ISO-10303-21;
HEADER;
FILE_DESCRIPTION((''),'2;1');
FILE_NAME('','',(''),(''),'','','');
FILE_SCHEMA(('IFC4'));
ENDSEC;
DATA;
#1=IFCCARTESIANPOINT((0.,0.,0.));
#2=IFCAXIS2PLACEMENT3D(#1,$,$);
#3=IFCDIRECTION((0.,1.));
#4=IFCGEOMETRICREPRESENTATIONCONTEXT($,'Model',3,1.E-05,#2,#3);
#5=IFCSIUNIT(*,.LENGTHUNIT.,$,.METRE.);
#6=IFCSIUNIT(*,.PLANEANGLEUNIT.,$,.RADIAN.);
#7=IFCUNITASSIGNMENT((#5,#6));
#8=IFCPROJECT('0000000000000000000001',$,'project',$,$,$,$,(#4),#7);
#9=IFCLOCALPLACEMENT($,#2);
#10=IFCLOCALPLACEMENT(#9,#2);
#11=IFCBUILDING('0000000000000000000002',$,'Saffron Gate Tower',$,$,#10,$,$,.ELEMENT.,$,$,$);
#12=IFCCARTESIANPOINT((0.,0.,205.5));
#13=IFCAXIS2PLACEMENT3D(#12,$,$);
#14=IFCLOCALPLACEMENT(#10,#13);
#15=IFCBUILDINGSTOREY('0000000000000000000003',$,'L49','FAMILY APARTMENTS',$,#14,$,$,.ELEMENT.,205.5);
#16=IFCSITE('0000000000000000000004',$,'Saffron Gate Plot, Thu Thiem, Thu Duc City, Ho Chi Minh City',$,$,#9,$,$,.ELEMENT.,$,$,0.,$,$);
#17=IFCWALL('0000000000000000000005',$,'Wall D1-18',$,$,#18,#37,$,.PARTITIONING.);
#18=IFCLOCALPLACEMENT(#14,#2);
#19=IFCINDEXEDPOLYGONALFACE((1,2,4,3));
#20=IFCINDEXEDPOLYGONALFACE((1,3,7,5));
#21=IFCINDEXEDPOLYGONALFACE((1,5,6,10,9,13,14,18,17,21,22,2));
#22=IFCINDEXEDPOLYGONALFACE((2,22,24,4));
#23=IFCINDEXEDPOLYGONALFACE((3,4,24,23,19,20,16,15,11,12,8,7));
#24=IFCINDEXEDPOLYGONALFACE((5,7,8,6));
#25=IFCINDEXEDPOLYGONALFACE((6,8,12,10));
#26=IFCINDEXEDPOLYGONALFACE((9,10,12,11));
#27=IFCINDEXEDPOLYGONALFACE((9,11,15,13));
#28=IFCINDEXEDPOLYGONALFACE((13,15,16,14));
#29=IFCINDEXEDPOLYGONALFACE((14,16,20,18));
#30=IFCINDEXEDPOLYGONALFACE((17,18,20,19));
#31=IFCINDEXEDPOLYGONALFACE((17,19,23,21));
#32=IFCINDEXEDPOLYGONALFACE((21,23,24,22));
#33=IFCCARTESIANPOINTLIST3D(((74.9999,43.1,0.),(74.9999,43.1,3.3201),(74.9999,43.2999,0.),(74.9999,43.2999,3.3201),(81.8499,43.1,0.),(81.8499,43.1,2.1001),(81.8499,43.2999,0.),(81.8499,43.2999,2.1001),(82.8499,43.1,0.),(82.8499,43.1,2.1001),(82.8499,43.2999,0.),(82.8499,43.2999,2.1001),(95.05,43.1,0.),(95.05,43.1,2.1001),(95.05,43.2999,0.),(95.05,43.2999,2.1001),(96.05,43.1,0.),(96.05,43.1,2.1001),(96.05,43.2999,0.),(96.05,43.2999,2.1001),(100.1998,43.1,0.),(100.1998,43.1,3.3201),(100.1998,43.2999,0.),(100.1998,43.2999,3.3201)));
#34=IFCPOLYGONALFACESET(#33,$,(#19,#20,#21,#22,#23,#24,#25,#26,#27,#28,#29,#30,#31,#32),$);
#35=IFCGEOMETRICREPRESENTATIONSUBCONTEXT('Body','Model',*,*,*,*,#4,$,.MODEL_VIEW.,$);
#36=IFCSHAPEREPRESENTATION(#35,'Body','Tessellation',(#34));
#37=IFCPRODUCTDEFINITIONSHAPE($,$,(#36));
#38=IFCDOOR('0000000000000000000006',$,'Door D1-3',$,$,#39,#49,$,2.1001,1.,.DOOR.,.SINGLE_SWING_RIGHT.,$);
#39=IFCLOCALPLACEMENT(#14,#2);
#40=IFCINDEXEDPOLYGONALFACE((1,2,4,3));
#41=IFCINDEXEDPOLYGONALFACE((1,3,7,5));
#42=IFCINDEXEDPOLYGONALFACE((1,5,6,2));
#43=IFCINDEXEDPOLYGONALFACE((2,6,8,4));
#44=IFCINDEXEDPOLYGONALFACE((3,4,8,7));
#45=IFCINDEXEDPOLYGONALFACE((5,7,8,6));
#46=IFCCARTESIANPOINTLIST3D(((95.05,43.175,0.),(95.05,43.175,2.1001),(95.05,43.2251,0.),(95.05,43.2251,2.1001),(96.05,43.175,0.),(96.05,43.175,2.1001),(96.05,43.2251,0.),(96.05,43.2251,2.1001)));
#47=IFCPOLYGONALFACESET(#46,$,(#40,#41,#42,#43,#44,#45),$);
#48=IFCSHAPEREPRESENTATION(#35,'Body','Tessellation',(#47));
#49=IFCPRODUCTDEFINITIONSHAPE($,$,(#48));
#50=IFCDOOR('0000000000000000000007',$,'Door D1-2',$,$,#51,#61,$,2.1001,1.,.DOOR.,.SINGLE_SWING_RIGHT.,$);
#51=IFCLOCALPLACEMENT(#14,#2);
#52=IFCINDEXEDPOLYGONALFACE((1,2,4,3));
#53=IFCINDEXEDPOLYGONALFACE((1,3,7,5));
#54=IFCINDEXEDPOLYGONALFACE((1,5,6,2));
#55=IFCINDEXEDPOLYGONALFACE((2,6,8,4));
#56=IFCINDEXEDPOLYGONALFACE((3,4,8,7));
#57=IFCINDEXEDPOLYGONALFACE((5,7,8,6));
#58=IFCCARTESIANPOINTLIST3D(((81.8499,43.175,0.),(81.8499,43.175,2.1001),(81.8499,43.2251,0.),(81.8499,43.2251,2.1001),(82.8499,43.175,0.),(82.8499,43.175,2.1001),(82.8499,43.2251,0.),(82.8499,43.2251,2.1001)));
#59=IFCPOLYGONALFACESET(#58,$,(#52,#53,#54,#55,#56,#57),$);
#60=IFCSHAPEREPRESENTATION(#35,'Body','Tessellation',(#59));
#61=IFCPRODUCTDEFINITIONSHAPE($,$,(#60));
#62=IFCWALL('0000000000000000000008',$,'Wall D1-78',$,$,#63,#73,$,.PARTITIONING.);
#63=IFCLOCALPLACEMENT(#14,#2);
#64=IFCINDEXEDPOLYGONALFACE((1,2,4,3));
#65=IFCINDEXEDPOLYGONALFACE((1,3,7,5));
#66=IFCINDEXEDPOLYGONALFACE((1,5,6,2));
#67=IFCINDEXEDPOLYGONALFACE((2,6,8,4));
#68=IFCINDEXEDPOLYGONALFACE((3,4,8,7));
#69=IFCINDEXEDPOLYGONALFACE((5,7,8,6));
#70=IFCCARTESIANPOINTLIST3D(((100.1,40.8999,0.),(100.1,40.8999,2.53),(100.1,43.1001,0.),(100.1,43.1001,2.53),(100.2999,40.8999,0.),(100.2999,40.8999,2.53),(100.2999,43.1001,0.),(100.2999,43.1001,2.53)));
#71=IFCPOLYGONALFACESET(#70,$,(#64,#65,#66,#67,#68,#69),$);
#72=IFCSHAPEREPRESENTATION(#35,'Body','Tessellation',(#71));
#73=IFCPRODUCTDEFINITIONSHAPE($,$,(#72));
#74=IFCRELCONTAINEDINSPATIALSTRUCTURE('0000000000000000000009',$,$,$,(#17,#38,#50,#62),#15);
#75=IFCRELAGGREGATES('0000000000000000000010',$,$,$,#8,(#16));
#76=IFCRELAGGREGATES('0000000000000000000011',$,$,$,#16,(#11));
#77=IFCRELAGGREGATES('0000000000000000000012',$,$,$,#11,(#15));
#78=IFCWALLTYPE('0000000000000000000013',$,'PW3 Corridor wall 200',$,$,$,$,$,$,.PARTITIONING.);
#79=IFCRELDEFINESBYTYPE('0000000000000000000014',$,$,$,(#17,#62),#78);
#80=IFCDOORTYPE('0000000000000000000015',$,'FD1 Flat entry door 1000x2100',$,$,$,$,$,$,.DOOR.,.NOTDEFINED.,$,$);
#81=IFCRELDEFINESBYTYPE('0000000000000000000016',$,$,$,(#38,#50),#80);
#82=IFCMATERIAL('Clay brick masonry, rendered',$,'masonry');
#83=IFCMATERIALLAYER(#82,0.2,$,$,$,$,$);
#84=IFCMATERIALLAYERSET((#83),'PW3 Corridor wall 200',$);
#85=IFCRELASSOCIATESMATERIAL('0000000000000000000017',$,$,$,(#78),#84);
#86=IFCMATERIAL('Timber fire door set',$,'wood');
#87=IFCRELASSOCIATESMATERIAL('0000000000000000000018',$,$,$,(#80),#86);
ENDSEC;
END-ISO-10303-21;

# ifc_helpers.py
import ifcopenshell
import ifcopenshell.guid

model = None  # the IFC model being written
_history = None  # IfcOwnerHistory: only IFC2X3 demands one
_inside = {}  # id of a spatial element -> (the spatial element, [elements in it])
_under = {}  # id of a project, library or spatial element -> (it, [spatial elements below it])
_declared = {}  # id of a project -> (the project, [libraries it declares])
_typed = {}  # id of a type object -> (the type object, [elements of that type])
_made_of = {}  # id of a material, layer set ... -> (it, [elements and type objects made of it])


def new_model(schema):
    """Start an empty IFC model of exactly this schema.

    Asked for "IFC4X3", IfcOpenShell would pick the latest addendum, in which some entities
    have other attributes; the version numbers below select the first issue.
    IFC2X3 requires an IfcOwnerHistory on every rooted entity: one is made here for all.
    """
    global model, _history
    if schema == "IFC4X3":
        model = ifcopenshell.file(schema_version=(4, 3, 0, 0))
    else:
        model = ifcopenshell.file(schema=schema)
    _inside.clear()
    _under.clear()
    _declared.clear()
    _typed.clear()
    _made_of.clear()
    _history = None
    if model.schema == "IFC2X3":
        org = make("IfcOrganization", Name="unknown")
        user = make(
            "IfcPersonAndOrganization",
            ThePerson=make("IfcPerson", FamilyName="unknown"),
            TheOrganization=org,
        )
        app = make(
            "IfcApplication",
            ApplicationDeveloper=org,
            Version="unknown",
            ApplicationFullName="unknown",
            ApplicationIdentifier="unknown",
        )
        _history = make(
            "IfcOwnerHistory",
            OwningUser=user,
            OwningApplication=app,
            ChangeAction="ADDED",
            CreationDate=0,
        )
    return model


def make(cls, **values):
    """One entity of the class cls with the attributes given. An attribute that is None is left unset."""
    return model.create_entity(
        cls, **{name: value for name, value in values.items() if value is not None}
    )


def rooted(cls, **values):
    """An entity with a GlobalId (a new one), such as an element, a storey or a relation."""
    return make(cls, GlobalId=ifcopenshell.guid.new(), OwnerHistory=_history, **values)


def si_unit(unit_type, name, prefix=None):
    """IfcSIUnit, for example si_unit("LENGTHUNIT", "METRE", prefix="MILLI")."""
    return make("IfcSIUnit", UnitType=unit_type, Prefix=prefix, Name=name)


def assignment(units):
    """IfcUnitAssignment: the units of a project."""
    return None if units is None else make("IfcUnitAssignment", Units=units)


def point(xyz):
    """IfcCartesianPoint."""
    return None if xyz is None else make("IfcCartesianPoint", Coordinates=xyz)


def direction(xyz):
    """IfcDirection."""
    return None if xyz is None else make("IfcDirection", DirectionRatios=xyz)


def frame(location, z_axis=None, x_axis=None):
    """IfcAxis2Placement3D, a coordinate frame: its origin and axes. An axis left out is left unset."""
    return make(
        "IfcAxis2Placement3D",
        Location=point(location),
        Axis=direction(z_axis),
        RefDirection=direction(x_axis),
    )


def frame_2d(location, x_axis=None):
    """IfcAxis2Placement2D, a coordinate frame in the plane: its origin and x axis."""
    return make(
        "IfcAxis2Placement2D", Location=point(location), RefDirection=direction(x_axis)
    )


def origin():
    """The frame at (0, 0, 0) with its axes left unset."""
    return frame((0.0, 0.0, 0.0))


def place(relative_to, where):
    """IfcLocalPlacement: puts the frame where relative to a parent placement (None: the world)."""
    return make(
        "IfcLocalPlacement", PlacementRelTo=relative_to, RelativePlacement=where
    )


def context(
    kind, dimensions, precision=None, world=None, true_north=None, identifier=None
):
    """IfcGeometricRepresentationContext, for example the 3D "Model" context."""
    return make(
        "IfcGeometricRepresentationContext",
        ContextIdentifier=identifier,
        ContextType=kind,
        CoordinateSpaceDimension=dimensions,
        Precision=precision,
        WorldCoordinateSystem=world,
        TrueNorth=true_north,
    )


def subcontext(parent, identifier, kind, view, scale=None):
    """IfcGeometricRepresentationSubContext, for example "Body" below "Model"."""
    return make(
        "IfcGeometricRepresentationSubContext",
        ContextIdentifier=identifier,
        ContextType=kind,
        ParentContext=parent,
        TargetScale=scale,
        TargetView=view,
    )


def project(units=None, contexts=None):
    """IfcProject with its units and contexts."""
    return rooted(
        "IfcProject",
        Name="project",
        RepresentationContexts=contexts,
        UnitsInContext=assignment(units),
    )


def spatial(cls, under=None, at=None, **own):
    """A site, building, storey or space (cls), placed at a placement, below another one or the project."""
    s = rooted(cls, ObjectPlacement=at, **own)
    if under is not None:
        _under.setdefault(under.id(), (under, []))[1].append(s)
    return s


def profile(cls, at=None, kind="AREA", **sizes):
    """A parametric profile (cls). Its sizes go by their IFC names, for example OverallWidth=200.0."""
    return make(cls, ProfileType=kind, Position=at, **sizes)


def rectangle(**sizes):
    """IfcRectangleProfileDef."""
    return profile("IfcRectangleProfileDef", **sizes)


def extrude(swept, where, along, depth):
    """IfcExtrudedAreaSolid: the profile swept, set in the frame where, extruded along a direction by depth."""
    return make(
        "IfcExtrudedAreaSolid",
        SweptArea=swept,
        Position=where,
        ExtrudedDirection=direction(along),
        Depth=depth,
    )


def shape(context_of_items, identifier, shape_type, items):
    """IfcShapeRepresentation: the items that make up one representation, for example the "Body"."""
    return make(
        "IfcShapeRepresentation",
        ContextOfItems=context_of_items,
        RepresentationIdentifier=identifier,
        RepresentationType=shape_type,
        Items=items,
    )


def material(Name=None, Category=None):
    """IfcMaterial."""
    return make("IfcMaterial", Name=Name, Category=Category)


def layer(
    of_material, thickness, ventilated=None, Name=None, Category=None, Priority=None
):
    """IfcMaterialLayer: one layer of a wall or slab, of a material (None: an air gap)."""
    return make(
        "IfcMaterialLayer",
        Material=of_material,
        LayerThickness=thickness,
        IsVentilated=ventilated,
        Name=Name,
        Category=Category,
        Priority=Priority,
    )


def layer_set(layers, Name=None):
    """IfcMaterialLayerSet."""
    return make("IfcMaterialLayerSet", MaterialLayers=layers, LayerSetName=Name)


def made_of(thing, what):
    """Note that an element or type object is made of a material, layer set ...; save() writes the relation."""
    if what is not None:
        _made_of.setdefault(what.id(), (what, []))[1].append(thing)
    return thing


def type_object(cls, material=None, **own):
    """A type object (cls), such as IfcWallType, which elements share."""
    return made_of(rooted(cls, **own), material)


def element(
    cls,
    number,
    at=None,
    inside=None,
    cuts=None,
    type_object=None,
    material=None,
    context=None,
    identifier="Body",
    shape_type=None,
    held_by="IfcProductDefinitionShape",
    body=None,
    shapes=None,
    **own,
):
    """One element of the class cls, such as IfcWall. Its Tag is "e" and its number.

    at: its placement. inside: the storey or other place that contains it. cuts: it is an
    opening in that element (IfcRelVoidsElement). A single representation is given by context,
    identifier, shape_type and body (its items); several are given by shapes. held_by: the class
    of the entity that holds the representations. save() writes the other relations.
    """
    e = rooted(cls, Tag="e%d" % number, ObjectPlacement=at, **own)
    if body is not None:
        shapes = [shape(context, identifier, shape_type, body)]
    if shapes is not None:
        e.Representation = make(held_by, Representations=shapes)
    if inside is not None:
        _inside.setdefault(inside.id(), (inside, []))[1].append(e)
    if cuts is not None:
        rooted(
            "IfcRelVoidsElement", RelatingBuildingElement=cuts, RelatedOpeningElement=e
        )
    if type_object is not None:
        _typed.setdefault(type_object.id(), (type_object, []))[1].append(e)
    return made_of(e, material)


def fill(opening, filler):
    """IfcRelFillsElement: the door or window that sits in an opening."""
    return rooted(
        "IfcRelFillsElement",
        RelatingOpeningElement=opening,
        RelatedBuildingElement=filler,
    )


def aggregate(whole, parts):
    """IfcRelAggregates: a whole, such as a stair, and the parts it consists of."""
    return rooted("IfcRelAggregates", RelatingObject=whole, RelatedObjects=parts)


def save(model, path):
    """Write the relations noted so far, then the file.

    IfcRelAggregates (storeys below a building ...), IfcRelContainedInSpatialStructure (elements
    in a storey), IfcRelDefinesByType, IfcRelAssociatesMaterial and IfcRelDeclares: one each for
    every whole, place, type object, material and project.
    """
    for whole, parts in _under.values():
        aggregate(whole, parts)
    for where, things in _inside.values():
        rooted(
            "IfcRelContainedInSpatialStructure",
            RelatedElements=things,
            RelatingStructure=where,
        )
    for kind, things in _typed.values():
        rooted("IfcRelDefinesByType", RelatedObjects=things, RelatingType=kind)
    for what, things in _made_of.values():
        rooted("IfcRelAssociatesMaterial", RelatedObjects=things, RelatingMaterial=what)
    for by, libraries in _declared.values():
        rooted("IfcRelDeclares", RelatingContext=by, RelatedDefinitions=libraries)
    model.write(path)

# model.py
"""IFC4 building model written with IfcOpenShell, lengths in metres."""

from ifc_helpers import new_model, si_unit, direction, frame, frame_2d, origin, place, context, subcontext, project, spatial, rectangle, extrude, material, layer, layer_set, type_object, element, fill, save


model = new_model("IFC4")

# Units and contexts
model_context = context("Model", 3, precision=1e-05, world=origin(), true_north=direction((0.0, 1.0)))
body_context = subcontext(model_context, "Body", "Model", "MODEL_VIEW")
ifc_project = project(units=[si_unit("LENGTHUNIT", "METRE"), si_unit("PLANEANGLEUNIT", "RADIAN")], contexts=[model_context])

# Site, building, storey
site_placement = place(None, origin())
site = spatial("IfcSite", under=ifc_project, at=site_placement, Name="Saffron Gate Plot, Thu Thiem, Thu Duc City, Ho Chi Minh City", CompositionType="ELEMENT", RefElevation=0.0)
building_placement = place(site_placement, origin())
building = spatial("IfcBuilding", under=site, at=building_placement, Name="Saffron Gate Tower", CompositionType="ELEMENT")
storey_placement = place(building_placement, frame((0.0, 0.0, 205.5)))
storey = spatial("IfcBuildingStorey", under=building, at=storey_placement, Name="L49", Description="FAMILY APARTMENTS", CompositionType="ELEMENT", Elevation=205.5)

# Shared definitions
ifc_material_1 = material(Name="Clay brick masonry, rendered", Category="masonry")

# Wall, openings, doors
ifc_layer_1 = layer(ifc_material_1, 0.2)
ifc_layer_set_1 = layer_set([ifc_layer_1], Name="PW3 Corridor wall 200")
wall_type_1 = type_object("IfcWallType", Name="PW3 Corridor wall 200", PredefinedType="PARTITIONING", material=ifc_layer_set_1)
wall_1_placement = place(storey_placement, frame((100.2, 43.2, 0.0), z_axis=(0.0, 0.0, 1.0), x_axis=(-1.0, 0.0, 0.0)))
wall_1 = element("IfcWall", 1, at=wall_1_placement, inside=storey, type_object=wall_type_1, Name="Wall D1-18", PredefinedType="PARTITIONING", context=body_context, shape_type="SweptSolid", body=[
    extrude(rectangle(XDim=25.2, YDim=0.2, at=frame_2d((12.6001, 0.0))), origin(), (0.0, 0.0, 1.0), 3.3201),
])
opening_1_placement = place(wall_1_placement, frame((4.1499, 0.0, 0.0)))
opening_1 = element("IfcOpeningElement", 2, at=opening_1_placement, cuts=wall_1, PredefinedType="OPENING", context=body_context, shape_type="SweptSolid", body=[
    extrude(rectangle(XDim=1.0, YDim=2.1001, at=frame_2d((0.5, 1.05))), frame((0.0, 0.1099, 0.0), z_axis=(0.0, -1.0, 0.0), x_axis=(1.0, 0.0, 0.0)), (0.0, 0.0, 1.0), 0.22),
])
opening_2_placement = place(wall_1_placement, frame((17.3501, 0.0, 0.0)))
opening_2 = element("IfcOpeningElement", 3, at=opening_2_placement, cuts=wall_1, PredefinedType="OPENING", context=body_context, shape_type="SweptSolid", body=[
    extrude(rectangle(XDim=1.0, YDim=2.1001, at=frame_2d((0.5, 1.05))), frame((0.0, 0.1099, 0.0), z_axis=(0.0, -1.0, 0.0), x_axis=(1.0, 0.0, 0.0)), (0.0, 0.0, 1.0), 0.22),
])
ifc_material_2 = material(Name="Timber fire door set", Category="wood")
door_type_1 = type_object("IfcDoorType", Name="FD1 Flat entry door 1000x2100", OperationType="NOTDEFINED", PredefinedType="DOOR", material=ifc_material_2)
door_1_placement = place(opening_1_placement, origin())
door_1 = element("IfcDoor", 4, at=door_1_placement, inside=storey, type_object=door_type_1, Name="Door D1-3", OperationType="SINGLE_SWING_RIGHT", OverallHeight=2.1001, OverallWidth=1.0, PredefinedType="DOOR", context=body_context, shape_type="SweptSolid", body=[
    extrude(rectangle(XDim=1.0, YDim=2.1001, at=frame_2d((0.5, 1.05))), frame((0.0, 0.0249, 0.0), z_axis=(0.0, -1.0, 0.0), x_axis=(1.0, 0.0, 0.0)), (0.0, 0.0, 1.0), 0.05),
])
fill(opening_1, door_1)
door_2_placement = place(opening_2_placement, origin())
door_2 = element("IfcDoor", 5, at=door_2_placement, inside=storey, type_object=door_type_1, Name="Door D1-2", OperationType="SINGLE_SWING_RIGHT", OverallHeight=2.1001, OverallWidth=1.0, PredefinedType="DOOR", context=body_context, shape_type="SweptSolid", body=[
    extrude(rectangle(XDim=1.0, YDim=2.1001, at=frame_2d((0.5, 1.05))), frame((0.0, 0.0249, 0.0), z_axis=(0.0, -1.0, 0.0), x_axis=(1.0, 0.0, 0.0)), (0.0, 0.0, 1.0), 0.05),
])
fill(opening_2, door_2)

# Wall
wall_2_placement = place(storey_placement, frame((100.2, 43.1001, 0.0), z_axis=(0.0, 0.0, 1.0), x_axis=(0.0, -1.0, 0.0)))
element("IfcWall", 6, at=wall_2_placement, inside=storey, type_object=wall_type_1, Name="Wall D1-78", PredefinedType="PARTITIONING", context=body_context, shape_type="SweptSolid", body=[
    extrude(rectangle(XDim=2.2002, YDim=0.2, at=frame_2d((1.1001, 0.0))), origin(), (0.0, 0.0, 1.0), 2.53),
])

save(model, "model.ifc")
